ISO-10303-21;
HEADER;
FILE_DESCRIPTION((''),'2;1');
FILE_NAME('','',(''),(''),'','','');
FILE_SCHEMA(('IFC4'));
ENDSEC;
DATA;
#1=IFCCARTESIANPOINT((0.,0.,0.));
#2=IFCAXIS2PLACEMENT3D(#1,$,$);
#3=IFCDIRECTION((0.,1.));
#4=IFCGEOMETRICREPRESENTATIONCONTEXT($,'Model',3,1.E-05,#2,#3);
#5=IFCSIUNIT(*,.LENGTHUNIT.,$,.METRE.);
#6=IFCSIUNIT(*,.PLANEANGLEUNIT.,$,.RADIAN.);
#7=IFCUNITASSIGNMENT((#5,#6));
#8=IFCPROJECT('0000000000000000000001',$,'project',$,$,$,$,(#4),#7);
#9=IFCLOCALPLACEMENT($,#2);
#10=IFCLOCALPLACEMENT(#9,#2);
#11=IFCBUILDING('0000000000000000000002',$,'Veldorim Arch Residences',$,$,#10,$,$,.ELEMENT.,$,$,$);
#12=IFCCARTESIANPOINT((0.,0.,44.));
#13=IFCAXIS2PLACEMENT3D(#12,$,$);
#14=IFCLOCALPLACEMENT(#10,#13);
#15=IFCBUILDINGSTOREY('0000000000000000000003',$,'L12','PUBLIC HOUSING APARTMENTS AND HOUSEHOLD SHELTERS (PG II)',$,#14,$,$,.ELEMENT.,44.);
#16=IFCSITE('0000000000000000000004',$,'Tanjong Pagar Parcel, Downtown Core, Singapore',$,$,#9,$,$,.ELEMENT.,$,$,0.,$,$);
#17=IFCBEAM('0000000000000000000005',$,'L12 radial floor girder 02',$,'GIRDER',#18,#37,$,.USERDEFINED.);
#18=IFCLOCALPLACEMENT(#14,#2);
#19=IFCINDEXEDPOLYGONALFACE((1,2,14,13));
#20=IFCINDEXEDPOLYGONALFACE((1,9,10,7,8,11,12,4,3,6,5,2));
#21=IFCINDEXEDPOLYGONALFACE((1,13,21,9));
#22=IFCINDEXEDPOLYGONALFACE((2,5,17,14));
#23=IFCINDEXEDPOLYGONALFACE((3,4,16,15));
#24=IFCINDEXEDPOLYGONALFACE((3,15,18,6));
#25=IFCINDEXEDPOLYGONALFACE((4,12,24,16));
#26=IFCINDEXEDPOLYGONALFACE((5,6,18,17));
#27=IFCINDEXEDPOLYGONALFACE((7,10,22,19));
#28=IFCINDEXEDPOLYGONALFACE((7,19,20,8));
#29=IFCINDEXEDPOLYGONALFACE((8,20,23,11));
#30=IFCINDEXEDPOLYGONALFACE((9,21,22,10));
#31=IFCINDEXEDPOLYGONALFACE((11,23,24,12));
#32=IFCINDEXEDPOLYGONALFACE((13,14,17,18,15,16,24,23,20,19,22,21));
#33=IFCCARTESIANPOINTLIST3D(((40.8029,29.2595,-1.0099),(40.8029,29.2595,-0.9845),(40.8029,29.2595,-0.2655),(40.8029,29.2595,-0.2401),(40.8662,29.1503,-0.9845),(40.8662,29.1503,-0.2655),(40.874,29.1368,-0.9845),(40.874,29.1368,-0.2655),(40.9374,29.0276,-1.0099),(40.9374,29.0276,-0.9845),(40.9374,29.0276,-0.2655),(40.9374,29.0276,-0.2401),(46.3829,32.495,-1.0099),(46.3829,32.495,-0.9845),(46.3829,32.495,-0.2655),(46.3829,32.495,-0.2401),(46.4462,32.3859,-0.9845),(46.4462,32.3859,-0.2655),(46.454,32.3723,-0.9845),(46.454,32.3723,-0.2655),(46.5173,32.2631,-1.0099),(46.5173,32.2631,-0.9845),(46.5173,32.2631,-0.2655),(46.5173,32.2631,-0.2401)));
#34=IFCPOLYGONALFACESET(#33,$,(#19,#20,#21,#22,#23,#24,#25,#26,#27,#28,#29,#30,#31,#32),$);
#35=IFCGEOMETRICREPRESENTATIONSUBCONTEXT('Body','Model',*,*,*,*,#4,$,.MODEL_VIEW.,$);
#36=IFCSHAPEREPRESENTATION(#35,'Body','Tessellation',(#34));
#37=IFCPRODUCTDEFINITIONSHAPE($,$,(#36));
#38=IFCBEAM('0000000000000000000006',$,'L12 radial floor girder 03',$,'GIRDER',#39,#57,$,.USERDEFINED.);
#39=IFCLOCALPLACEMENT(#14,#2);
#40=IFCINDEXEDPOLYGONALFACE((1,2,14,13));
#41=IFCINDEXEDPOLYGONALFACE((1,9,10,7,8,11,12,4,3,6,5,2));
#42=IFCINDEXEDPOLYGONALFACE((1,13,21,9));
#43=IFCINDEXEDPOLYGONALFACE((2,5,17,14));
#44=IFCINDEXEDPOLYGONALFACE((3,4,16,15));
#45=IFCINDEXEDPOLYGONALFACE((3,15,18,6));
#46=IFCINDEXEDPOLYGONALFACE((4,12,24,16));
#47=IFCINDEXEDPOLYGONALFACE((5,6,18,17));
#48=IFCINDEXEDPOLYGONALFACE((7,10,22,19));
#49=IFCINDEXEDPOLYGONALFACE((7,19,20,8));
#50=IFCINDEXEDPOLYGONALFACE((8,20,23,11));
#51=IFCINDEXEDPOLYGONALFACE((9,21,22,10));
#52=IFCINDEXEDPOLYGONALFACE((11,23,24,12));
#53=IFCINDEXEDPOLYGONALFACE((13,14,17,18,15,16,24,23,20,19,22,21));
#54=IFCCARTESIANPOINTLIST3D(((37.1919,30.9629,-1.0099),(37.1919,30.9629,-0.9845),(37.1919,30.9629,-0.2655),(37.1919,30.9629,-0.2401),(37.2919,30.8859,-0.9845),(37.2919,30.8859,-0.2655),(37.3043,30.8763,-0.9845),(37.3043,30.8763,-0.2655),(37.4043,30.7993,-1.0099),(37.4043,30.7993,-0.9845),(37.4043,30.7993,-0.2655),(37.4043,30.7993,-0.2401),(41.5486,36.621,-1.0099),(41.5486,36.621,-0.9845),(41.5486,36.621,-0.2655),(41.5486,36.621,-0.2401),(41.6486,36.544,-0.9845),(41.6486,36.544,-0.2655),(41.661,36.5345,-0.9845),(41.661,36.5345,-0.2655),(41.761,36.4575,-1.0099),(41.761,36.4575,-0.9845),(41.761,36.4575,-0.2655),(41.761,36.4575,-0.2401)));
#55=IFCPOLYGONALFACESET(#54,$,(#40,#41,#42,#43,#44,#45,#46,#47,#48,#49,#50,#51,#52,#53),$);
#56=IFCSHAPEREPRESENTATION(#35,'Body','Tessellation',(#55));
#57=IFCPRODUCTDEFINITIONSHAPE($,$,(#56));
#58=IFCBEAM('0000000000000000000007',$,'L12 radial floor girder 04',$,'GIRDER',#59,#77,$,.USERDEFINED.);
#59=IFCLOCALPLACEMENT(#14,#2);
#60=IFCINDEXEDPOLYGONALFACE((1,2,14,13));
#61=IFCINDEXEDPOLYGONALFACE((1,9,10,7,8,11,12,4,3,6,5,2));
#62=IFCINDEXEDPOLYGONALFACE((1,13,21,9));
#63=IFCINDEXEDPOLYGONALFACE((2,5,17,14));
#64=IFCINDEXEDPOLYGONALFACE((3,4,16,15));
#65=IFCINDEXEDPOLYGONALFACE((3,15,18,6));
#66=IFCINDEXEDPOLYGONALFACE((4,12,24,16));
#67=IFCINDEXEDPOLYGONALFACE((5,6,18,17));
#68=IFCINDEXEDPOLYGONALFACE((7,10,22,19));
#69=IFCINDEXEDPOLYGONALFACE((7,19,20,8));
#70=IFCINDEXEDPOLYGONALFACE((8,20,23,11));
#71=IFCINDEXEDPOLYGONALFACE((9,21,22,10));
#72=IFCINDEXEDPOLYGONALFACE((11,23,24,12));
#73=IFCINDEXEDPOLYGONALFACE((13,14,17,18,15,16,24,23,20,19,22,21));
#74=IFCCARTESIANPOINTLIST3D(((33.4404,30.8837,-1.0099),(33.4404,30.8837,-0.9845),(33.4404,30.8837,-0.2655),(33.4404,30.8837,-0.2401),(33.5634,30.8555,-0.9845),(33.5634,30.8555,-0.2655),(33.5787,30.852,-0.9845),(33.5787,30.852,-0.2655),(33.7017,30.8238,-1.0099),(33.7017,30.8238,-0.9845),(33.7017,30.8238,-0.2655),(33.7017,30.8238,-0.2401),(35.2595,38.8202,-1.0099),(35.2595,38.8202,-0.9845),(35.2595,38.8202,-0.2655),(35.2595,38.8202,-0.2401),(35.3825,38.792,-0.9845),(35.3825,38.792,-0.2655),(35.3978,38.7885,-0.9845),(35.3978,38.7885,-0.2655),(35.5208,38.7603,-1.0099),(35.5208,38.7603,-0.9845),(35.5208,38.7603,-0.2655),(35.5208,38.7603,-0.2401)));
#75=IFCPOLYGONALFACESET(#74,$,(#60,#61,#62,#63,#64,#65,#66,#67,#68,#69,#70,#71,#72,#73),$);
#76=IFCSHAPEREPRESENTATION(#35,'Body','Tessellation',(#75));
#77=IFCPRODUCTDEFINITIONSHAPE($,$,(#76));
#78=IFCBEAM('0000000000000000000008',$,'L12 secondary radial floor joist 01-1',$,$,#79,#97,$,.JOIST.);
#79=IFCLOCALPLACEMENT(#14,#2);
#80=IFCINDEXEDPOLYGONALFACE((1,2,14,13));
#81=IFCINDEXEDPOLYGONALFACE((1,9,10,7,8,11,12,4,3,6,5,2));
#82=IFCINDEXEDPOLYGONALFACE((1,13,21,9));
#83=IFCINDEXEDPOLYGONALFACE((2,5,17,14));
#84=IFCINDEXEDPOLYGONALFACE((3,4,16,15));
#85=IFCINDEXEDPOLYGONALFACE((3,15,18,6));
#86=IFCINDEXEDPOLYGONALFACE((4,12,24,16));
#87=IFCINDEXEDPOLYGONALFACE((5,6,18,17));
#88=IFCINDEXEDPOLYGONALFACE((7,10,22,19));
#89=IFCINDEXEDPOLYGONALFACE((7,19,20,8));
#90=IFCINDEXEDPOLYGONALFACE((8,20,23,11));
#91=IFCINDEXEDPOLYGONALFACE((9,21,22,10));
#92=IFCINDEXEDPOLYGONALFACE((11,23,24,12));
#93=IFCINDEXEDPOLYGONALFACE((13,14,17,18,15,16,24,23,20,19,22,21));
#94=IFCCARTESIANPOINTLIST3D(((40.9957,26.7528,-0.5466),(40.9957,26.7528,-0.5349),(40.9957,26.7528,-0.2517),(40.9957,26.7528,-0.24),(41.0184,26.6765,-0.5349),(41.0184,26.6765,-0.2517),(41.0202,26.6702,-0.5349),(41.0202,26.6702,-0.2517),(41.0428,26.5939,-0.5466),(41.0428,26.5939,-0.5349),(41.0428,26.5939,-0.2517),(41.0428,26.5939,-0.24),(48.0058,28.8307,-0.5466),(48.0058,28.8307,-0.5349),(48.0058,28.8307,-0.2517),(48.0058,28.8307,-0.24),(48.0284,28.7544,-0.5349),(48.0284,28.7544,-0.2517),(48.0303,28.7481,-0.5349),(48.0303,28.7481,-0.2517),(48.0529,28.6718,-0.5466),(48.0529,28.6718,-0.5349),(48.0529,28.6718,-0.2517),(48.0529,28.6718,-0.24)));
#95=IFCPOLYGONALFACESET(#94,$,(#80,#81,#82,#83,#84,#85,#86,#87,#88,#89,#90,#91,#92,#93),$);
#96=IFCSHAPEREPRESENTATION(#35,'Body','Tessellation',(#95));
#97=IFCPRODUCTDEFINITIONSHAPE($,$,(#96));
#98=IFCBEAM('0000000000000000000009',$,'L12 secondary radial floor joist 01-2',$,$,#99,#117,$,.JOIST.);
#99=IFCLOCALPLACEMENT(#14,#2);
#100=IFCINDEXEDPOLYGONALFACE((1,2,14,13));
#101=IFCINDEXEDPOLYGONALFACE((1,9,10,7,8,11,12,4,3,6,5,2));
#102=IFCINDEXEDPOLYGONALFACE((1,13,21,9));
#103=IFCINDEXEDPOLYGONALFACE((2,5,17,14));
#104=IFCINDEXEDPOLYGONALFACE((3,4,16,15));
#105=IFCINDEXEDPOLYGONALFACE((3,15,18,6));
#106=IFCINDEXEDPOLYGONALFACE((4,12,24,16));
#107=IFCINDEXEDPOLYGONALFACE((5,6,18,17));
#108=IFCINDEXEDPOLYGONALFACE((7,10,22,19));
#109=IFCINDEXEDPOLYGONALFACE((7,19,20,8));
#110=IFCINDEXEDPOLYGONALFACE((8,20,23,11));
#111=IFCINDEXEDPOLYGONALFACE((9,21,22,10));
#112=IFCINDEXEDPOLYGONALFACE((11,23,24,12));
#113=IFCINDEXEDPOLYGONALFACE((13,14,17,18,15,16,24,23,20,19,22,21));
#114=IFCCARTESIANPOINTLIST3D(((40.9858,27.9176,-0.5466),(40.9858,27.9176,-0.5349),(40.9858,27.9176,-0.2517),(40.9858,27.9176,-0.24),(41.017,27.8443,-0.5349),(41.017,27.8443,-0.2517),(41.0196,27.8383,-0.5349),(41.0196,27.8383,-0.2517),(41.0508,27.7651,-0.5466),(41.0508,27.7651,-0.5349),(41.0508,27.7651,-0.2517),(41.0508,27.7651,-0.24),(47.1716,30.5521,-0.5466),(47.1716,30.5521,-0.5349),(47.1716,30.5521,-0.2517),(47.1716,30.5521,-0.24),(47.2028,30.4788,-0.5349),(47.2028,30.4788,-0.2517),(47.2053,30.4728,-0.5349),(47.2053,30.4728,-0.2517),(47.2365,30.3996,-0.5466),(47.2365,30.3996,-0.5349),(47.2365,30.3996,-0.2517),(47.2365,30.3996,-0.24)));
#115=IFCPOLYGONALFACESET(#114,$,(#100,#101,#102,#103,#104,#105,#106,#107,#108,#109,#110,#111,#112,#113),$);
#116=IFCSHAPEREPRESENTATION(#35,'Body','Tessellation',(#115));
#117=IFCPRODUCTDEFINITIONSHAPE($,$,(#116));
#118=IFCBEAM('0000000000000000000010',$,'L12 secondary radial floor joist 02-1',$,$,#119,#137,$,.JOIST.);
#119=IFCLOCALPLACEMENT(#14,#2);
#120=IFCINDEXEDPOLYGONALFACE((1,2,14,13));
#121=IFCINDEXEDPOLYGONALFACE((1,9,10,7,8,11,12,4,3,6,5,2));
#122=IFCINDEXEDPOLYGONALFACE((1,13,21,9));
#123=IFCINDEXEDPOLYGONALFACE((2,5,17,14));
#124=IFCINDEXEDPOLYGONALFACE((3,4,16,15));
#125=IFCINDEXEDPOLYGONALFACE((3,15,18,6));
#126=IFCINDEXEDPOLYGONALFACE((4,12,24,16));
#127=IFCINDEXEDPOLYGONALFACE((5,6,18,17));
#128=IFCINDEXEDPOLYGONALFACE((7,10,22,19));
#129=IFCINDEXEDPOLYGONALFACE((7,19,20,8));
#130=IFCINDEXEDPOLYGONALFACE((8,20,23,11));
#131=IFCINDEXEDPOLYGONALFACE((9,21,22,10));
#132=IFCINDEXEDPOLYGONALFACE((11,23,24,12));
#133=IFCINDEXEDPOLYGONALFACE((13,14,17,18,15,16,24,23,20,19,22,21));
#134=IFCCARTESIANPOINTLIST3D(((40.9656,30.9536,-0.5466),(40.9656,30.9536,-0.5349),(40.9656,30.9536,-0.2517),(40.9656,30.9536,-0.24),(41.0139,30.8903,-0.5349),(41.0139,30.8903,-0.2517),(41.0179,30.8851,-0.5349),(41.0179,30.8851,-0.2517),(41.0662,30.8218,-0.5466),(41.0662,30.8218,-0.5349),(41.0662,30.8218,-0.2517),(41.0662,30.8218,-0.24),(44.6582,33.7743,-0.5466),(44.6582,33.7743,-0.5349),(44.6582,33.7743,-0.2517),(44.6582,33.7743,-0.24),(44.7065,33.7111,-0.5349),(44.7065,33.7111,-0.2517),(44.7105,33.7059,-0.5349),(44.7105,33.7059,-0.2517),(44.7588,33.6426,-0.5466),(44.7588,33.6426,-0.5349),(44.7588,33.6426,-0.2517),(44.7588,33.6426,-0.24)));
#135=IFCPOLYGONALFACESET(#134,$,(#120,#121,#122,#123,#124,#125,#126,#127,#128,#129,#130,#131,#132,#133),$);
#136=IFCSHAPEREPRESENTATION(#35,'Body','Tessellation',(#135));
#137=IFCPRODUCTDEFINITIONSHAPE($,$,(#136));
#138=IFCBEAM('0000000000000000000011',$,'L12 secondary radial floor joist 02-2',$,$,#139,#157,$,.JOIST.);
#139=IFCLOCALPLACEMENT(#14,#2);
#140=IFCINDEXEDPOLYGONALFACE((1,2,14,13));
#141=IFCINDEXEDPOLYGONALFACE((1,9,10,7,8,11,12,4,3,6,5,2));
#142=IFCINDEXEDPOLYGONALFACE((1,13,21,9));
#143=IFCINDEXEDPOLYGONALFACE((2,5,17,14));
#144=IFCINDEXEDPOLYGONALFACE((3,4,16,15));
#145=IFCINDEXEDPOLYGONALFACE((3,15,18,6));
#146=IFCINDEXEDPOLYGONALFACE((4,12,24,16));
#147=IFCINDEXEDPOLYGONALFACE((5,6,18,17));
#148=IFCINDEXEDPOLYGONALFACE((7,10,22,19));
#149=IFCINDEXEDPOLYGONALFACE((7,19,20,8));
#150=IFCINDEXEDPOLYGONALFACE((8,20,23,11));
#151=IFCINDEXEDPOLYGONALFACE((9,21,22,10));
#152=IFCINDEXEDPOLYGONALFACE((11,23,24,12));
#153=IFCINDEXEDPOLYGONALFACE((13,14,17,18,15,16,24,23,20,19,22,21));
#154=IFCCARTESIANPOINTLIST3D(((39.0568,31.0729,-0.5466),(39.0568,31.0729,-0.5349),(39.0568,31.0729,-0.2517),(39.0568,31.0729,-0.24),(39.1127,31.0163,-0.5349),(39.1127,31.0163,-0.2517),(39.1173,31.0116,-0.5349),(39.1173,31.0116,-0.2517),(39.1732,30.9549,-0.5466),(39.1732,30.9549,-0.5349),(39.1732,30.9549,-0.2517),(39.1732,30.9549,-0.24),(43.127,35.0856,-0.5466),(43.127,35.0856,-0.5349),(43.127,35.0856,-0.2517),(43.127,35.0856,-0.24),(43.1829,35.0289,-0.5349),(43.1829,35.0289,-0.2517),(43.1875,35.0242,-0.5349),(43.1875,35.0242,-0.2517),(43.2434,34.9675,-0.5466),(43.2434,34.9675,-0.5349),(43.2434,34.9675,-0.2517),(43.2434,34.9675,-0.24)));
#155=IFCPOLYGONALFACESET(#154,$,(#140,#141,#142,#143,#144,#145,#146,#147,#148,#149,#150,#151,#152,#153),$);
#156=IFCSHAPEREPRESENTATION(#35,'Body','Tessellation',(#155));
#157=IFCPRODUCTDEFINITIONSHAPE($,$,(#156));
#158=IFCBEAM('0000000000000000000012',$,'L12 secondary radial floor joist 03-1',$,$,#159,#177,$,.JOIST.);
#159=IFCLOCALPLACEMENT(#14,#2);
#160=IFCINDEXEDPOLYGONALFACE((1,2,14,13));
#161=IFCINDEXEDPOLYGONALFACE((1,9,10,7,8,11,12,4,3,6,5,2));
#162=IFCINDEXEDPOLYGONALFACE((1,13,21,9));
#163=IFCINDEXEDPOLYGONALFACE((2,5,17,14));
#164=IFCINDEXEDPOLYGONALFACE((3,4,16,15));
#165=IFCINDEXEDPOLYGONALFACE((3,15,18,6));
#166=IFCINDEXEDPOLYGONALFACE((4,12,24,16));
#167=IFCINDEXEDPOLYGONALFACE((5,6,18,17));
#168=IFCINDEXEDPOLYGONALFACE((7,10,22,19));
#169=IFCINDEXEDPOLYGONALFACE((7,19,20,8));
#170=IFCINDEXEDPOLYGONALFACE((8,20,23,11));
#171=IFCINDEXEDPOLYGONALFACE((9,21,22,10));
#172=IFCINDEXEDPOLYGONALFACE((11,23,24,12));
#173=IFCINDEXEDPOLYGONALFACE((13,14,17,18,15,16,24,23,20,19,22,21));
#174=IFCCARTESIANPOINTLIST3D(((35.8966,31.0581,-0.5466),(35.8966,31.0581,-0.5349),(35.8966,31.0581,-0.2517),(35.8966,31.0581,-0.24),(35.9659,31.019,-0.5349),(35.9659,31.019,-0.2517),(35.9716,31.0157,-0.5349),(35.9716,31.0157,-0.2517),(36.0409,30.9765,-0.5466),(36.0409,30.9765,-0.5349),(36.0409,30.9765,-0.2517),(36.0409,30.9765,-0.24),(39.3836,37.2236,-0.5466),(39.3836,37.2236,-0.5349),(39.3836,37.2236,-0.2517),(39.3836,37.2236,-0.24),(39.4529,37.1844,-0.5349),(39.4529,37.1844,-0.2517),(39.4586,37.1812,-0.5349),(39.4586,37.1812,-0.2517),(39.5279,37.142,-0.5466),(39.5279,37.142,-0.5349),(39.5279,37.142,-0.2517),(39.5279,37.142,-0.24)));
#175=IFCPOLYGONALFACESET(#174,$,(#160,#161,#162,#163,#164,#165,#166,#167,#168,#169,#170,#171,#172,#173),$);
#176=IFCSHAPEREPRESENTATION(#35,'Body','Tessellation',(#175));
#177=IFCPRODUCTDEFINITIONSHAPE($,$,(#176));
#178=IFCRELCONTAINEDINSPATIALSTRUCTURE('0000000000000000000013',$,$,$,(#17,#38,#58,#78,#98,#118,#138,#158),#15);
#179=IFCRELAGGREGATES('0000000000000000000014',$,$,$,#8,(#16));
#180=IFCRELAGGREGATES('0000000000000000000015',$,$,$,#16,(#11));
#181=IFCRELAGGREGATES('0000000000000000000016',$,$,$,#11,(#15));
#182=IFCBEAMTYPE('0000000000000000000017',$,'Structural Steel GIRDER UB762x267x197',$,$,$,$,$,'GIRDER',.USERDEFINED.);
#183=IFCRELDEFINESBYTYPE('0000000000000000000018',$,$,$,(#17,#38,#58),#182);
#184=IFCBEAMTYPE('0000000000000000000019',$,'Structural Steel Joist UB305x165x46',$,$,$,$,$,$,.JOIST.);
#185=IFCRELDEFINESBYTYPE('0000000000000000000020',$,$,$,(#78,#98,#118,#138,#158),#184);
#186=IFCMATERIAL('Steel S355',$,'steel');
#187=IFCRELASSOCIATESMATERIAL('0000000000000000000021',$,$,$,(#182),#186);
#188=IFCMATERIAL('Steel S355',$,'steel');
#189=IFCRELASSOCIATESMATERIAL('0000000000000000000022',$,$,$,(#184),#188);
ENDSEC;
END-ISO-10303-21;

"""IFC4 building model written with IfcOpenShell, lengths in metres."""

from ifc_helpers import new_model, si_unit, direction, frame, origin, origin_2d, place, context, subcontext, project, spatial, i_section, extrude, material, material_profile, profile_set, type_object, element, save


model = new_model("IFC4")

# Units and contexts
model_context = context("Model", 3, precision=1e-05, world=origin(), true_north=direction((0.0, 1.0)))
body_context = subcontext(model_context, "Body", "Model", "MODEL_VIEW")
ifc_project = project(units=[si_unit("LENGTHUNIT", "METRE"), si_unit("PLANEANGLEUNIT", "RADIAN")], contexts=[model_context])

# Site, building, storey
site_placement = place(None, origin())
site = spatial("IfcSite", under=ifc_project, at=site_placement, Name="Tanjong Pagar Parcel, Downtown Core, Singapore", CompositionType="ELEMENT", RefElevation=0.0)
building_placement = place(site_placement, origin())
building = spatial("IfcBuilding", under=site, at=building_placement, Name="Veldorim Arch Residences", CompositionType="ELEMENT")
storey_placement = place(building_placement, frame((0.0, 0.0, 44.0)))
storey = spatial("IfcBuildingStorey", under=building, at=storey_placement, Name="L12", Description="PUBLIC HOUSING APARTMENTS AND HOUSEHOLD SHELTERS (PG II)", CompositionType="ELEMENT", Elevation=44.0)

# Beams
ifc_material_1 = material(Name="Steel S355", Category="steel")
ifc_material_profile_1 = material_profile(ifc_material_1, i_section(OverallWidth=0.2681, OverallDepth=0.7698, WebThickness=0.0156, FlangeThickness=0.0254, at=origin_2d()), Name="UB762x267x197")
ifc_profile_set_1 = profile_set([ifc_material_profile_1], Name="Steel S355")
beam_type_1 = type_object("IfcBeamType", Name="Structural Steel GIRDER UB762x267x197", ElementType="GIRDER", PredefinedType="USERDEFINED", material=ifc_profile_set_1)
beam_1_placement = place(storey_placement, frame((40.8701, 29.1436, -0.625), z_axis=(0.865088, 0.50162, 0.0), x_axis=(-0.50162, 0.865088, 0.0)))
element("IfcBeam", 1, at=beam_1_placement, inside=storey, type_object=beam_type_1, Name="L12 radial floor girder 02", ObjectType="GIRDER", PredefinedType="USERDEFINED", context=body_context, shape_type="SweptSolid", body=[
    extrude(i_section(OverallWidth=0.2681, OverallDepth=0.7698, WebThickness=0.0156, FlangeThickness=0.0254, at=origin_2d()), origin(), (0.0, 0.0, 1.0), 6.4502),
])
beam_2_placement = place(storey_placement, frame((37.2981, 30.8811, -0.625), z_axis=(0.610082, 0.792338, 0.0), x_axis=(-0.792338, 0.610082, 0.0)))
element("IfcBeam", 2, at=beam_2_placement, inside=storey, type_object=beam_type_1, Name="L12 radial floor girder 03", ObjectType="GIRDER", PredefinedType="USERDEFINED", context=body_context, shape_type="SweptSolid", body=[
    extrude(i_section(OverallWidth=0.2681, OverallDepth=0.7698, WebThickness=0.0156, FlangeThickness=0.0254, at=origin_2d()), origin(), (0.0, 0.0, 1.0), 7.1411),
])
beam_3_placement = place(storey_placement, frame((33.571, 30.8538, -0.625), z_axis=(0.223412, 0.974724, 0.0), x_axis=(-0.974724, 0.223412, 0.0)))
element("IfcBeam", 3, at=beam_3_placement, inside=storey, type_object=beam_type_1, Name="L12 radial floor girder 04", ObjectType="GIRDER", PredefinedType="USERDEFINED", context=body_context, shape_type="SweptSolid", body=[
    extrude(i_section(OverallWidth=0.2681, OverallDepth=0.7698, WebThickness=0.0156, FlangeThickness=0.0254, at=origin_2d()), origin(), (0.0, 0.0, 1.0), 8.1423),
])
ifc_material_2 = material(Name="Steel S355", Category="steel")
ifc_material_profile_2 = material_profile(ifc_material_2, i_section(OverallWidth=0.1658, OverallDepth=0.3066, WebThickness=0.0066, FlangeThickness=0.0117, at=origin_2d()), Name="UB305x165x46")
ifc_profile_set_2 = profile_set([ifc_material_profile_2], Name="Steel S355")
beam_type_2 = type_object("IfcBeamType", Name="Structural Steel Joist UB305x165x46", PredefinedType="JOIST", material=ifc_profile_set_2)
beam_4_placement = place(storey_placement, frame((41.0193, 26.6733, -0.3933), z_axis=(0.958767, 0.284194, 0.0), x_axis=(-0.284194, 0.958767, 0.0)))
element("IfcBeam", 4, at=beam_4_placement, inside=storey, type_object=beam_type_2, Name="L12 secondary radial floor joist 01-1", PredefinedType="JOIST", context=body_context, shape_type="SweptSolid", body=[
    extrude(i_section(OverallWidth=0.1658, OverallDepth=0.3066, WebThickness=0.0066, FlangeThickness=0.0117, at=origin_2d()), origin(), (0.0, 0.0, 1.0), 7.3115),
])
beam_5_placement = place(storey_placement, frame((41.0183, 27.8413, -0.3933), z_axis=(0.920033, 0.391841, 0.0), x_axis=(-0.391841, 0.920033, 0.0)))
element("IfcBeam", 5, at=beam_5_placement, inside=storey, type_object=beam_type_2, Name="L12 secondary radial floor joist 01-2", PredefinedType="JOIST", context=body_context, shape_type="SweptSolid", body=[
    extrude(i_section(OverallWidth=0.1658, OverallDepth=0.3066, WebThickness=0.0066, FlangeThickness=0.0117, at=origin_2d()), origin(), (0.0, 0.0, 1.0), 6.7234),
])
beam_6_placement = place(storey_placement, frame((41.0159, 30.8877, -0.3933), z_axis=(0.794666, 0.607046, 0.0), x_axis=(-0.607046, 0.794666, 0.0)))
element("IfcBeam", 6, at=beam_6_placement, inside=storey, type_object=beam_type_2, Name="L12 secondary radial floor joist 02-1", PredefinedType="JOIST", context=body_context, shape_type="SweptSolid", body=[
    extrude(i_section(OverallWidth=0.1658, OverallDepth=0.3066, WebThickness=0.0066, FlangeThickness=0.0117, at=origin_2d()), origin(), (0.0, 0.0, 1.0), 4.6467),
])
beam_7_placement = place(storey_placement, frame((39.115, 31.0139, -0.3933), z_axis=(0.712129, 0.702049, 0.0), x_axis=(-0.702049, 0.712129, 0.0)))
element("IfcBeam", 7, at=beam_7_placement, inside=storey, type_object=beam_type_2, Name="L12 secondary radial floor joist 02-2", PredefinedType="JOIST", context=body_context, shape_type="SweptSolid", body=[
    extrude(i_section(OverallWidth=0.1658, OverallDepth=0.3066, WebThickness=0.0066, FlangeThickness=0.0117, at=origin_2d()), origin(), (0.0, 0.0, 1.0), 5.7156),
])
beam_8_placement = place(storey_placement, frame((35.9688, 31.0173, -0.3933), z_axis=(0.492292, 0.87043, 0.0), x_axis=(-0.87043, 0.492292, 0.0)))
element("IfcBeam", 8, at=beam_8_placement, inside=storey, type_object=beam_type_2, Name="L12 secondary radial floor joist 03-1", PredefinedType="JOIST", context=body_context, shape_type="SweptSolid", body=[
    extrude(i_section(OverallWidth=0.1658, OverallDepth=0.3066, WebThickness=0.0066, FlangeThickness=0.0117, at=origin_2d()), origin(), (0.0, 0.0, 1.0), 7.0833),
])

save(model, "model.ifc")
